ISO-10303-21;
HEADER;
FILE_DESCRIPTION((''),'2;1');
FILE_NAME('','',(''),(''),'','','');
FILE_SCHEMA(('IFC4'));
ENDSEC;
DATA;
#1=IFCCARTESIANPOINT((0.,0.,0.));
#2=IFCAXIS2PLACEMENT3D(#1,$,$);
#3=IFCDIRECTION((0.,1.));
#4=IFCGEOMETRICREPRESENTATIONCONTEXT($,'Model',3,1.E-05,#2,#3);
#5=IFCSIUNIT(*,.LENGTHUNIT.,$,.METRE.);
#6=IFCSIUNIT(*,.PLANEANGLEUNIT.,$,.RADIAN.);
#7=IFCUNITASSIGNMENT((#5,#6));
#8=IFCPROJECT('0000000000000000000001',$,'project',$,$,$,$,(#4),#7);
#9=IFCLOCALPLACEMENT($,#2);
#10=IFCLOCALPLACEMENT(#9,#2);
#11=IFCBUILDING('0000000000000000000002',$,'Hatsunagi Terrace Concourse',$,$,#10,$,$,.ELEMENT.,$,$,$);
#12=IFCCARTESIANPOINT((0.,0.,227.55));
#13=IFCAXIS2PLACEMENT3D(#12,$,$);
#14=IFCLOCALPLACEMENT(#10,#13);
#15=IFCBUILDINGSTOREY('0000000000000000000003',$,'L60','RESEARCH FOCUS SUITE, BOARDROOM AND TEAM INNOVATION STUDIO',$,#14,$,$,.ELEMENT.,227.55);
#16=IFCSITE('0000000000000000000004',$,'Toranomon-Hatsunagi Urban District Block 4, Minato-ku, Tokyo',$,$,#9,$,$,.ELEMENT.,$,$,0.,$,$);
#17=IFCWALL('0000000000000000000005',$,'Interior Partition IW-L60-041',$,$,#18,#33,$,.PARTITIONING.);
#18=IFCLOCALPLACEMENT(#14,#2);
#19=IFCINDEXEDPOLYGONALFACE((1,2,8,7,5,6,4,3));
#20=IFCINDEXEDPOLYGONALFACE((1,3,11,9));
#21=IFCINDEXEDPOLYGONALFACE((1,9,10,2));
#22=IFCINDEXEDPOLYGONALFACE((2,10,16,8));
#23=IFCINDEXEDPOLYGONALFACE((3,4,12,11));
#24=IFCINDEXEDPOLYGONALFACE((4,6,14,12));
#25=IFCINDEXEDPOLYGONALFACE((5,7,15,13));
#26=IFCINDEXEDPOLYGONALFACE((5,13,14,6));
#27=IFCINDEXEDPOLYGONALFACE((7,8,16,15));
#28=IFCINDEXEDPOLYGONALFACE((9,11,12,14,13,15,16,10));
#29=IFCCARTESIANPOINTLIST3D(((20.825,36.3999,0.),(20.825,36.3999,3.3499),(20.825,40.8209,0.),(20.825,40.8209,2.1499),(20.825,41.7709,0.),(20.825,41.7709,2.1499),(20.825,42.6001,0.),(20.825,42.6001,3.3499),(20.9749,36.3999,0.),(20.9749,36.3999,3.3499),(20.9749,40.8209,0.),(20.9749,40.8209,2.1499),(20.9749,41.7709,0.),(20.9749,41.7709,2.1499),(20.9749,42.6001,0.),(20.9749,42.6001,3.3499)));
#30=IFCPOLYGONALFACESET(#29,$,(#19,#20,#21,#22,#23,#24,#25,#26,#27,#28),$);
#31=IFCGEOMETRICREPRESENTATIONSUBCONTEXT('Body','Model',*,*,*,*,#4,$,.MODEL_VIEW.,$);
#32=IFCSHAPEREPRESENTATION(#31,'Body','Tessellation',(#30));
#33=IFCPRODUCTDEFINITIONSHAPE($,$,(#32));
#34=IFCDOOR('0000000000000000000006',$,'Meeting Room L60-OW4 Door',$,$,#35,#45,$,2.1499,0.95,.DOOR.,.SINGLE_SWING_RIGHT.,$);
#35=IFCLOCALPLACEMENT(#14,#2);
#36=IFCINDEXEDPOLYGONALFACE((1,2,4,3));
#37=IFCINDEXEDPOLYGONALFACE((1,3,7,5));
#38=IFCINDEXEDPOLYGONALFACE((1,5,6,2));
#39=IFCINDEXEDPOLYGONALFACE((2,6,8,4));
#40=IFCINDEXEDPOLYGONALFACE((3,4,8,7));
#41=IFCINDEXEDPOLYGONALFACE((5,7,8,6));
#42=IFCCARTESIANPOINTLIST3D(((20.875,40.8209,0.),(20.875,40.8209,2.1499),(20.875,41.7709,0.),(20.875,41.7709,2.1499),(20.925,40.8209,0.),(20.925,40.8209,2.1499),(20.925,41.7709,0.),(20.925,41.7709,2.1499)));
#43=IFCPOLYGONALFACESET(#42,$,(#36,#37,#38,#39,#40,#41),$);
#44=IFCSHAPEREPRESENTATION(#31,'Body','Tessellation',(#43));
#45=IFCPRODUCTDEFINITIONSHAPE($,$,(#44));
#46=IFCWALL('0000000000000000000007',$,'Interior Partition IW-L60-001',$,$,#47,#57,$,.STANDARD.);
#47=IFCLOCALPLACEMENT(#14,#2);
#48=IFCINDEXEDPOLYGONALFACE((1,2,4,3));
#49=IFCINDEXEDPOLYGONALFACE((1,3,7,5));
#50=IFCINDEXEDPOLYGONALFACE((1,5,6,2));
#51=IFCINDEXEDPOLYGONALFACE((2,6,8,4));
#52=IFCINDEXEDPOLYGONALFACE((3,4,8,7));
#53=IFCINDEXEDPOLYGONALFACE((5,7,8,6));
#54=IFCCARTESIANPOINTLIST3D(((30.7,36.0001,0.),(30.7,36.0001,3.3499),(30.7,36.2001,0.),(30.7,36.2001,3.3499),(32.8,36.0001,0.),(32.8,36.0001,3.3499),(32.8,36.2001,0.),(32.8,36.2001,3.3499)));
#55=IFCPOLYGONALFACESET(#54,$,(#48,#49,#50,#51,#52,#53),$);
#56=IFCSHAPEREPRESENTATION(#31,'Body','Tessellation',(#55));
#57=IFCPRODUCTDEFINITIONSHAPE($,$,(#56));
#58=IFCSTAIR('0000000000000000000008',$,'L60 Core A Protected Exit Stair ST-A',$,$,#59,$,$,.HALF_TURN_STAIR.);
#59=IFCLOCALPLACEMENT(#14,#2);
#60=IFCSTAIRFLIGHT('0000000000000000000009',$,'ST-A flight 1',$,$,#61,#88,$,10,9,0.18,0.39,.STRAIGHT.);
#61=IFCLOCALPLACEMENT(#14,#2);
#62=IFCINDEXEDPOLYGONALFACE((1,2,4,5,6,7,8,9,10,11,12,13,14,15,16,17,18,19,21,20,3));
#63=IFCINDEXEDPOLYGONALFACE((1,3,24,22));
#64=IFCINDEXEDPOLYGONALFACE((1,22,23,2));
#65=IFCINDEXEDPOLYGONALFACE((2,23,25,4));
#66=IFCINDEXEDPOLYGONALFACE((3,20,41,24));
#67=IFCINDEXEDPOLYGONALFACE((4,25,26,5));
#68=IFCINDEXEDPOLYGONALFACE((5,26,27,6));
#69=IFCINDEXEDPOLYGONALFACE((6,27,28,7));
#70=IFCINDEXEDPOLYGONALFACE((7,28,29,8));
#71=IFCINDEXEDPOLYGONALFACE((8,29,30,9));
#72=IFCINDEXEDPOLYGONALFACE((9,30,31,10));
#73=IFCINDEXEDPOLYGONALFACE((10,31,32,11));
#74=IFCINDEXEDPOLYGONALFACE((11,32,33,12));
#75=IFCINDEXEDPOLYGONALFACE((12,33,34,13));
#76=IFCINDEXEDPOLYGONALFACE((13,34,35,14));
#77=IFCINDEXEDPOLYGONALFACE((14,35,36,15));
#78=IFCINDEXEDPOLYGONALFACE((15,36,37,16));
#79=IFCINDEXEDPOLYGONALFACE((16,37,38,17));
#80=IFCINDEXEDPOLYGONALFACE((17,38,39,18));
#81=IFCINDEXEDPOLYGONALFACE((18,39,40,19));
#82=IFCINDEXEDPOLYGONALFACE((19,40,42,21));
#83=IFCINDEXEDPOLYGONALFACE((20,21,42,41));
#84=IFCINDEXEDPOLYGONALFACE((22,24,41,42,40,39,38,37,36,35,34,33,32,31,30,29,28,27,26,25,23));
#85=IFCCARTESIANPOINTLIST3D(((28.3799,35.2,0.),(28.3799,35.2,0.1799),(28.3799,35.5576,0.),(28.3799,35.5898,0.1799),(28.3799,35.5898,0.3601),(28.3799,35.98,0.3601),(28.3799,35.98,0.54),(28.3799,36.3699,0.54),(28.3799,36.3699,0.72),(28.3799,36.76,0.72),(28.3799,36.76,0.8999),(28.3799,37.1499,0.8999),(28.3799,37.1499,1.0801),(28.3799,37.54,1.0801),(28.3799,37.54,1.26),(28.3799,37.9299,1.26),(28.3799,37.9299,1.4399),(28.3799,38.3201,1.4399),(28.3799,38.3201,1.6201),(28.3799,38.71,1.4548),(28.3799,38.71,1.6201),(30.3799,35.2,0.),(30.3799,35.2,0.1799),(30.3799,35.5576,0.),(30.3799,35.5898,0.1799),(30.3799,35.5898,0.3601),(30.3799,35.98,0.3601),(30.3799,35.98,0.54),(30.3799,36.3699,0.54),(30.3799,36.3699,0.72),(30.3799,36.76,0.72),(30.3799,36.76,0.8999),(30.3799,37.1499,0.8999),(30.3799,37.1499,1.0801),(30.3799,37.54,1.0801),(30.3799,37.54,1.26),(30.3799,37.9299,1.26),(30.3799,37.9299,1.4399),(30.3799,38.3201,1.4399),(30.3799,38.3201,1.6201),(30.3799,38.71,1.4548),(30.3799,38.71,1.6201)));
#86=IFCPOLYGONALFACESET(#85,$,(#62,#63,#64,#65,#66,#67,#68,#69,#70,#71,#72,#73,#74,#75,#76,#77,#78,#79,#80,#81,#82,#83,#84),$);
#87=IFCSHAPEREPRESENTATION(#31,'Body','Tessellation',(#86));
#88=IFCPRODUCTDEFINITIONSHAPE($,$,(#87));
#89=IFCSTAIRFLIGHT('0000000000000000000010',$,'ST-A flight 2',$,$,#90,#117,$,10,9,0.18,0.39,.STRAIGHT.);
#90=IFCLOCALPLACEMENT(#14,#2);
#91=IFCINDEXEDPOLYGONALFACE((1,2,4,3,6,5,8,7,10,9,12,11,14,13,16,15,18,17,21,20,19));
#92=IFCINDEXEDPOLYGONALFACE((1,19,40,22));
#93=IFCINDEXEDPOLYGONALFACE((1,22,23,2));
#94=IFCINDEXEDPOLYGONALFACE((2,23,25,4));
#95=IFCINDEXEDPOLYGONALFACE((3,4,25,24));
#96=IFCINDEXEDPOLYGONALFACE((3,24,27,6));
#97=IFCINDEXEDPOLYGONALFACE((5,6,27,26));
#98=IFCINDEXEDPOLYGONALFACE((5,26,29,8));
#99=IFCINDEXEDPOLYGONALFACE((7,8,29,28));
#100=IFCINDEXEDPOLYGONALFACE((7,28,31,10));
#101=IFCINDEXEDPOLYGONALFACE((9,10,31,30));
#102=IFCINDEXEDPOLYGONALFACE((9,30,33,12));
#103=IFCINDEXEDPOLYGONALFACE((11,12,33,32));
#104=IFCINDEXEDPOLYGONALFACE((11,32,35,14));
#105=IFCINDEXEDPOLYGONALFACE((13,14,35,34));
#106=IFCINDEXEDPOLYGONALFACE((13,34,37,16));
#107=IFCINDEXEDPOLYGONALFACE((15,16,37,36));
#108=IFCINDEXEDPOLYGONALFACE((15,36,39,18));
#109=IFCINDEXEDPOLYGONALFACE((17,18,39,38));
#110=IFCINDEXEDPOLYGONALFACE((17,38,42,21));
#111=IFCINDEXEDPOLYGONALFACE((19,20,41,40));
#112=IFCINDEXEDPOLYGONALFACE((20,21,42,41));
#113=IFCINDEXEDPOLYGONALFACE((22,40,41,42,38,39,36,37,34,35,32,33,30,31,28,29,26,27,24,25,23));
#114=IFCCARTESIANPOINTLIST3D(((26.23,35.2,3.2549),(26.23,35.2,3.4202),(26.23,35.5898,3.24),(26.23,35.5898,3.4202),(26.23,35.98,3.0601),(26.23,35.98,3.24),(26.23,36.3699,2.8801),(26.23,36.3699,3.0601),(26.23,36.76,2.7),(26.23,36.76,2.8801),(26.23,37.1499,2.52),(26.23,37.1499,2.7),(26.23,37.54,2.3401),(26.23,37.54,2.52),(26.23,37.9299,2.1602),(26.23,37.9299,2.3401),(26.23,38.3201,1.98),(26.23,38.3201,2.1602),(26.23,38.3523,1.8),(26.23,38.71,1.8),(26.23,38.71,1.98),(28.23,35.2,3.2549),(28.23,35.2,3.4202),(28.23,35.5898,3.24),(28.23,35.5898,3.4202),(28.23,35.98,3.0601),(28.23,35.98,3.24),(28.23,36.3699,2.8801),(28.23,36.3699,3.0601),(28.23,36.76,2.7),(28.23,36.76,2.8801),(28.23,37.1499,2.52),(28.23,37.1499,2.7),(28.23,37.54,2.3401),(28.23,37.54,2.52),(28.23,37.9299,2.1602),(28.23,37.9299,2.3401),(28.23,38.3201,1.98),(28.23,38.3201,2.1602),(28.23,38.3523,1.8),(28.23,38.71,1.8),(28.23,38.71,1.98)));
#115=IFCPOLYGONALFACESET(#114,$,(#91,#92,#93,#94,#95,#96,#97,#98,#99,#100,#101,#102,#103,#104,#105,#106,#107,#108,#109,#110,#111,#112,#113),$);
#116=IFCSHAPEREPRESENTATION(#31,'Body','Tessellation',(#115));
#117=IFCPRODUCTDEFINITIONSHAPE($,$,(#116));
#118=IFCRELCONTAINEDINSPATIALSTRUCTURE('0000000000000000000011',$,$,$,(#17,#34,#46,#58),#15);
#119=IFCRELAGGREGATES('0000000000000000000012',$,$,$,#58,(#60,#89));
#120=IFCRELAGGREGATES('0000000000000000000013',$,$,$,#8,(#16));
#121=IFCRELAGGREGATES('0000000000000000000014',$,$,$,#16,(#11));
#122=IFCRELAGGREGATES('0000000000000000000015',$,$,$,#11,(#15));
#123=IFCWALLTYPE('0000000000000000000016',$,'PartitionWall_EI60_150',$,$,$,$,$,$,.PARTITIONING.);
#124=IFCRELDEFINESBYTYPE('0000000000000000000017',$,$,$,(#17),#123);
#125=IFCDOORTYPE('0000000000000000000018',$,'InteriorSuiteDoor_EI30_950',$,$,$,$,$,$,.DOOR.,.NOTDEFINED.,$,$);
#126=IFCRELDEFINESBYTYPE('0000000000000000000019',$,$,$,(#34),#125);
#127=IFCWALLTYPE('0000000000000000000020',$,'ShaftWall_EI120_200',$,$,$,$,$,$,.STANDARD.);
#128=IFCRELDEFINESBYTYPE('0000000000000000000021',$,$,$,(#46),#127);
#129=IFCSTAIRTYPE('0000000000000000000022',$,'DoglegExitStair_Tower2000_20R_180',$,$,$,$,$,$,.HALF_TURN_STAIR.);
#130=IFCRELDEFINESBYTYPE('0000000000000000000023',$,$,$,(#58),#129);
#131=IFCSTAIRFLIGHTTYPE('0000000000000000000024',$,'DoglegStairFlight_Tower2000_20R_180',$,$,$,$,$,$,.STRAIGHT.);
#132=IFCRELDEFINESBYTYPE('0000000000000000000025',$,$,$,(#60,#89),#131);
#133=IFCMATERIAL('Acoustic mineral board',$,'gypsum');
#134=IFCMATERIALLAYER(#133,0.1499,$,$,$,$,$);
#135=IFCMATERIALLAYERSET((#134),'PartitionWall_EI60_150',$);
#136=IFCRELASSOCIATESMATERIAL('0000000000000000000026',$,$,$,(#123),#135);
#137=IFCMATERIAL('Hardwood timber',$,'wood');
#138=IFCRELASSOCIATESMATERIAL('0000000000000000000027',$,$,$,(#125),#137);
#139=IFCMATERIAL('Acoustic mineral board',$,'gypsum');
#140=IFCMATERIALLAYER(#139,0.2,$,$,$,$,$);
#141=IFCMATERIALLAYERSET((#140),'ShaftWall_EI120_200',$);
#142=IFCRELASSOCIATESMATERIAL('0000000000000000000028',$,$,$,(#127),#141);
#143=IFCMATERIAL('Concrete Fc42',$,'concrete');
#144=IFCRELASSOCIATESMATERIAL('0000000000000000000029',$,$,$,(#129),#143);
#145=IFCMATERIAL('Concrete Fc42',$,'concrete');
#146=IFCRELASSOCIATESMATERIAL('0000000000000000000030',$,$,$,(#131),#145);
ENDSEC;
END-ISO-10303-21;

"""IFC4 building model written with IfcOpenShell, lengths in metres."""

from ifc_helpers import new_model, si_unit, direction, frame, frame_2d, origin, place, context, subcontext, project, spatial, polyline, rectangle, outline, extrude, material, layer, layer_set, type_object, element, fill, aggregate, save


model = new_model("IFC4")

# Units and contexts
model_context = context("Model", 3, precision=1e-05, world=origin(), true_north=direction((0.0, 1.0)))
body_context = subcontext(model_context, "Body", "Model", "MODEL_VIEW")
ifc_project = project(units=[si_unit("LENGTHUNIT", "METRE"), si_unit("PLANEANGLEUNIT", "RADIAN")], contexts=[model_context])

# Site, building, storey
site_placement = place(None, origin())
site = spatial("IfcSite", under=ifc_project, at=site_placement, Name="Toranomon-Hatsunagi Urban District Block 4, Minato-ku, Tokyo", CompositionType="ELEMENT", RefElevation=0.0)
building_placement = place(site_placement, origin())
building = spatial("IfcBuilding", under=site, at=building_placement, Name="Hatsunagi Terrace Concourse", CompositionType="ELEMENT")
storey_placement = place(building_placement, frame((0.0, 0.0, 227.55)))
storey = spatial("IfcBuildingStorey", under=building, at=storey_placement, Name="L60", Description="RESEARCH FOCUS SUITE, BOARDROOM AND TEAM INNOVATION STUDIO", CompositionType="ELEMENT", Elevation=227.55)

# Shared definitions
ifc_material_1 = material(Name="Acoustic mineral board", Category="gypsum")
ifc_layer_1 = layer(ifc_material_1, 0.1499)
ifc_layer_set_1 = layer_set([ifc_layer_1], Name="PartitionWall_EI60_150")
wall_type_1 = type_object("IfcWallType", Name="PartitionWall_EI60_150", PredefinedType="PARTITIONING", material=ifc_layer_set_1)

# Wall, opening, door
wall_1_placement = place(storey_placement, frame((20.8999, 36.3999, 0.0), z_axis=(0.0, 0.0, 1.0), x_axis=(0.0, 1.0, 0.0)))
wall_1 = element("IfcWall", 1, at=wall_1_placement, inside=storey, type_object=wall_type_1, Name="Interior Partition IW-L60-041", PredefinedType="PARTITIONING", context=body_context, shape_type="SweptSolid", body=[
    extrude(rectangle(XDim=6.2002, YDim=0.1499, at=frame_2d((3.1001, 0.0))), origin(), (0.0, 0.0, 1.0), 3.3499),
])
opening_1_placement = place(wall_1_placement, frame((4.4209, 0.0, 0.0)))
opening_1 = element("IfcOpeningElement", 2, at=opening_1_placement, cuts=wall_1, PredefinedType="OPENING", context=body_context, shape_type="SweptSolid", body=[
    extrude(rectangle(XDim=0.95, YDim=2.1499, at=frame_2d((0.4751, 1.075))), frame((0.0, 0.085, 0.0), z_axis=(0.0, -1.0, 0.0), x_axis=(1.0, 0.0, 0.0)), (0.0, 0.0, 1.0), 0.1699),
])
ifc_material_2 = material(Name="Hardwood timber", Category="wood")
door_type_1 = type_object("IfcDoorType", Name="InteriorSuiteDoor_EI30_950", OperationType="NOTDEFINED", PredefinedType="DOOR", material=ifc_material_2)
door_1_placement = place(opening_1_placement, origin())
door_1 = element("IfcDoor", 3, at=door_1_placement, inside=storey, type_object=door_type_1, Name="Meeting Room L60-OW4 Door", OperationType="SINGLE_SWING_RIGHT", OverallHeight=2.1499, OverallWidth=0.95, PredefinedType="DOOR", context=body_context, shape_type="SweptSolid", body=[
    extrude(rectangle(XDim=0.95, YDim=2.1499, at=frame_2d((0.4751, 1.075))), frame((0.0, 0.0249, 0.0), z_axis=(0.0, -1.0, 0.0), x_axis=(1.0, 0.0, 0.0)), (0.0, 0.0, 1.0), 0.05),
])
fill(opening_1, door_1)

# Wall
ifc_material_3 = material(Name="Acoustic mineral board", Category="gypsum")
ifc_layer_2 = layer(ifc_material_3, 0.2)
ifc_layer_set_2 = layer_set([ifc_layer_2], Name="ShaftWall_EI120_200")
wall_type_2 = type_object("IfcWallType", Name="ShaftWall_EI120_200", PredefinedType="STANDARD", material=ifc_layer_set_2)
wall_2_placement = place(storey_placement, frame((30.7, 36.1001, 0.0), z_axis=(0.0, 0.0, 1.0), x_axis=(1.0, 0.0, 0.0)))
element("IfcWall", 4, at=wall_2_placement, inside=storey, type_object=wall_type_2, Name="Interior Partition IW-L60-001", PredefinedType="STANDARD", context=body_context, shape_type="SweptSolid", body=[
    extrude(rectangle(XDim=2.1001, YDim=0.2, at=frame_2d((1.05, 0.0))), origin(), (0.0, 0.0, 1.0), 3.3499),
])

# Stair, stair flights
ifc_material_4 = material(Name="Concrete Fc42", Category="concrete")
stair_type = type_object("IfcStairType", Name="DoglegExitStair_Tower2000_20R_180", PredefinedType="HALF_TURN_STAIR", material=ifc_material_4)
stair_placement = place(storey_placement, origin())
stair = element("IfcStair", 5, at=stair_placement, inside=storey, type_object=stair_type, Name="L60 Core A Protected Exit Stair ST-A", PredefinedType="HALF_TURN_STAIR")
ifc_material_5 = material(Name="Concrete Fc42", Category="concrete")
stair_flight_type = type_object("IfcStairFlightType", Name="DoglegStairFlight_Tower2000_20R_180", PredefinedType="STRAIGHT", material=ifc_material_5)
stair_flight_1_placement = place(storey_placement, frame((29.3799, 35.2, 0.0), z_axis=(0.0, 0.0, 1.0), x_axis=(0.0, 1.0, 0.0)))
stair_flight_1 = element("IfcStairFlight", 6, at=stair_flight_1_placement, type_object=stair_flight_type, Name="ST-A flight 1", NumberOfRisers=10, NumberOfTreads=9, PredefinedType="STRAIGHT", RiserHeight=0.18, TreadLength=0.39, context=body_context, shape_type="SweptSolid", body=[
    extrude(outline(polyline([(0.0, 0.0), (0.0, 0.1799), (0.3899, 0.1799), (0.3899, 0.3601), (0.78, 0.3601), (0.78, 0.54), (1.1699, 0.54), (1.1699, 0.72), (1.5601, 0.72), (1.5601, 0.8999), (1.95, 0.8999), (1.95, 1.0801), (2.3401, 1.0801), (2.3401, 1.26), (2.73, 1.26), (2.73, 1.4399), (3.1201, 1.4399), (3.1201, 1.6201), (3.51, 1.6201), (3.51, 1.8), (3.51, 1.4548), (0.3577, 0.0), (0.0, 0.0)])), frame((0.0, 1.0, 0.0), z_axis=(0.0, -1.0, 0.0), x_axis=(1.0, 0.0, 0.0)), (0.0, 0.0, 1.0), 2.0),
])
stair_flight_2_placement = place(storey_placement, frame((27.23, 38.71, 1.8), z_axis=(0.0, 0.0, 1.0), x_axis=(0.0, -1.0, 0.0)))
stair_flight_2 = element("IfcStairFlight", 7, at=stair_flight_2_placement, type_object=stair_flight_type, Name="ST-A flight 2", NumberOfRisers=10, NumberOfTreads=9, PredefinedType="STRAIGHT", RiserHeight=0.18, TreadLength=0.39, context=body_context, shape_type="SweptSolid", body=[
    extrude(outline(polyline([(0.0, 0.0), (0.0, 0.1799), (0.3899, 0.1799), (0.3899, 0.3601), (0.78, 0.3601), (0.78, 0.54), (1.1699, 0.54), (1.1699, 0.72), (1.5601, 0.72), (1.5601, 0.8999), (1.95, 0.8999), (1.95, 1.0801), (2.3401, 1.0801), (2.3401, 1.26), (2.73, 1.26), (2.73, 1.4399), (3.1201, 1.4399), (3.1201, 1.6201), (3.51, 1.6201), (3.51, 1.8), (3.51, 1.4548), (0.3577, 0.0), (0.0, 0.0)])), frame((0.0, 1.0, 0.0), z_axis=(0.0, -1.0, 0.0), x_axis=(1.0, 0.0, 0.0)), (0.0, 0.0, 1.0), 2.0),
])
aggregate(stair, [stair_flight_1, stair_flight_2])

save(model, "model.ifc")
